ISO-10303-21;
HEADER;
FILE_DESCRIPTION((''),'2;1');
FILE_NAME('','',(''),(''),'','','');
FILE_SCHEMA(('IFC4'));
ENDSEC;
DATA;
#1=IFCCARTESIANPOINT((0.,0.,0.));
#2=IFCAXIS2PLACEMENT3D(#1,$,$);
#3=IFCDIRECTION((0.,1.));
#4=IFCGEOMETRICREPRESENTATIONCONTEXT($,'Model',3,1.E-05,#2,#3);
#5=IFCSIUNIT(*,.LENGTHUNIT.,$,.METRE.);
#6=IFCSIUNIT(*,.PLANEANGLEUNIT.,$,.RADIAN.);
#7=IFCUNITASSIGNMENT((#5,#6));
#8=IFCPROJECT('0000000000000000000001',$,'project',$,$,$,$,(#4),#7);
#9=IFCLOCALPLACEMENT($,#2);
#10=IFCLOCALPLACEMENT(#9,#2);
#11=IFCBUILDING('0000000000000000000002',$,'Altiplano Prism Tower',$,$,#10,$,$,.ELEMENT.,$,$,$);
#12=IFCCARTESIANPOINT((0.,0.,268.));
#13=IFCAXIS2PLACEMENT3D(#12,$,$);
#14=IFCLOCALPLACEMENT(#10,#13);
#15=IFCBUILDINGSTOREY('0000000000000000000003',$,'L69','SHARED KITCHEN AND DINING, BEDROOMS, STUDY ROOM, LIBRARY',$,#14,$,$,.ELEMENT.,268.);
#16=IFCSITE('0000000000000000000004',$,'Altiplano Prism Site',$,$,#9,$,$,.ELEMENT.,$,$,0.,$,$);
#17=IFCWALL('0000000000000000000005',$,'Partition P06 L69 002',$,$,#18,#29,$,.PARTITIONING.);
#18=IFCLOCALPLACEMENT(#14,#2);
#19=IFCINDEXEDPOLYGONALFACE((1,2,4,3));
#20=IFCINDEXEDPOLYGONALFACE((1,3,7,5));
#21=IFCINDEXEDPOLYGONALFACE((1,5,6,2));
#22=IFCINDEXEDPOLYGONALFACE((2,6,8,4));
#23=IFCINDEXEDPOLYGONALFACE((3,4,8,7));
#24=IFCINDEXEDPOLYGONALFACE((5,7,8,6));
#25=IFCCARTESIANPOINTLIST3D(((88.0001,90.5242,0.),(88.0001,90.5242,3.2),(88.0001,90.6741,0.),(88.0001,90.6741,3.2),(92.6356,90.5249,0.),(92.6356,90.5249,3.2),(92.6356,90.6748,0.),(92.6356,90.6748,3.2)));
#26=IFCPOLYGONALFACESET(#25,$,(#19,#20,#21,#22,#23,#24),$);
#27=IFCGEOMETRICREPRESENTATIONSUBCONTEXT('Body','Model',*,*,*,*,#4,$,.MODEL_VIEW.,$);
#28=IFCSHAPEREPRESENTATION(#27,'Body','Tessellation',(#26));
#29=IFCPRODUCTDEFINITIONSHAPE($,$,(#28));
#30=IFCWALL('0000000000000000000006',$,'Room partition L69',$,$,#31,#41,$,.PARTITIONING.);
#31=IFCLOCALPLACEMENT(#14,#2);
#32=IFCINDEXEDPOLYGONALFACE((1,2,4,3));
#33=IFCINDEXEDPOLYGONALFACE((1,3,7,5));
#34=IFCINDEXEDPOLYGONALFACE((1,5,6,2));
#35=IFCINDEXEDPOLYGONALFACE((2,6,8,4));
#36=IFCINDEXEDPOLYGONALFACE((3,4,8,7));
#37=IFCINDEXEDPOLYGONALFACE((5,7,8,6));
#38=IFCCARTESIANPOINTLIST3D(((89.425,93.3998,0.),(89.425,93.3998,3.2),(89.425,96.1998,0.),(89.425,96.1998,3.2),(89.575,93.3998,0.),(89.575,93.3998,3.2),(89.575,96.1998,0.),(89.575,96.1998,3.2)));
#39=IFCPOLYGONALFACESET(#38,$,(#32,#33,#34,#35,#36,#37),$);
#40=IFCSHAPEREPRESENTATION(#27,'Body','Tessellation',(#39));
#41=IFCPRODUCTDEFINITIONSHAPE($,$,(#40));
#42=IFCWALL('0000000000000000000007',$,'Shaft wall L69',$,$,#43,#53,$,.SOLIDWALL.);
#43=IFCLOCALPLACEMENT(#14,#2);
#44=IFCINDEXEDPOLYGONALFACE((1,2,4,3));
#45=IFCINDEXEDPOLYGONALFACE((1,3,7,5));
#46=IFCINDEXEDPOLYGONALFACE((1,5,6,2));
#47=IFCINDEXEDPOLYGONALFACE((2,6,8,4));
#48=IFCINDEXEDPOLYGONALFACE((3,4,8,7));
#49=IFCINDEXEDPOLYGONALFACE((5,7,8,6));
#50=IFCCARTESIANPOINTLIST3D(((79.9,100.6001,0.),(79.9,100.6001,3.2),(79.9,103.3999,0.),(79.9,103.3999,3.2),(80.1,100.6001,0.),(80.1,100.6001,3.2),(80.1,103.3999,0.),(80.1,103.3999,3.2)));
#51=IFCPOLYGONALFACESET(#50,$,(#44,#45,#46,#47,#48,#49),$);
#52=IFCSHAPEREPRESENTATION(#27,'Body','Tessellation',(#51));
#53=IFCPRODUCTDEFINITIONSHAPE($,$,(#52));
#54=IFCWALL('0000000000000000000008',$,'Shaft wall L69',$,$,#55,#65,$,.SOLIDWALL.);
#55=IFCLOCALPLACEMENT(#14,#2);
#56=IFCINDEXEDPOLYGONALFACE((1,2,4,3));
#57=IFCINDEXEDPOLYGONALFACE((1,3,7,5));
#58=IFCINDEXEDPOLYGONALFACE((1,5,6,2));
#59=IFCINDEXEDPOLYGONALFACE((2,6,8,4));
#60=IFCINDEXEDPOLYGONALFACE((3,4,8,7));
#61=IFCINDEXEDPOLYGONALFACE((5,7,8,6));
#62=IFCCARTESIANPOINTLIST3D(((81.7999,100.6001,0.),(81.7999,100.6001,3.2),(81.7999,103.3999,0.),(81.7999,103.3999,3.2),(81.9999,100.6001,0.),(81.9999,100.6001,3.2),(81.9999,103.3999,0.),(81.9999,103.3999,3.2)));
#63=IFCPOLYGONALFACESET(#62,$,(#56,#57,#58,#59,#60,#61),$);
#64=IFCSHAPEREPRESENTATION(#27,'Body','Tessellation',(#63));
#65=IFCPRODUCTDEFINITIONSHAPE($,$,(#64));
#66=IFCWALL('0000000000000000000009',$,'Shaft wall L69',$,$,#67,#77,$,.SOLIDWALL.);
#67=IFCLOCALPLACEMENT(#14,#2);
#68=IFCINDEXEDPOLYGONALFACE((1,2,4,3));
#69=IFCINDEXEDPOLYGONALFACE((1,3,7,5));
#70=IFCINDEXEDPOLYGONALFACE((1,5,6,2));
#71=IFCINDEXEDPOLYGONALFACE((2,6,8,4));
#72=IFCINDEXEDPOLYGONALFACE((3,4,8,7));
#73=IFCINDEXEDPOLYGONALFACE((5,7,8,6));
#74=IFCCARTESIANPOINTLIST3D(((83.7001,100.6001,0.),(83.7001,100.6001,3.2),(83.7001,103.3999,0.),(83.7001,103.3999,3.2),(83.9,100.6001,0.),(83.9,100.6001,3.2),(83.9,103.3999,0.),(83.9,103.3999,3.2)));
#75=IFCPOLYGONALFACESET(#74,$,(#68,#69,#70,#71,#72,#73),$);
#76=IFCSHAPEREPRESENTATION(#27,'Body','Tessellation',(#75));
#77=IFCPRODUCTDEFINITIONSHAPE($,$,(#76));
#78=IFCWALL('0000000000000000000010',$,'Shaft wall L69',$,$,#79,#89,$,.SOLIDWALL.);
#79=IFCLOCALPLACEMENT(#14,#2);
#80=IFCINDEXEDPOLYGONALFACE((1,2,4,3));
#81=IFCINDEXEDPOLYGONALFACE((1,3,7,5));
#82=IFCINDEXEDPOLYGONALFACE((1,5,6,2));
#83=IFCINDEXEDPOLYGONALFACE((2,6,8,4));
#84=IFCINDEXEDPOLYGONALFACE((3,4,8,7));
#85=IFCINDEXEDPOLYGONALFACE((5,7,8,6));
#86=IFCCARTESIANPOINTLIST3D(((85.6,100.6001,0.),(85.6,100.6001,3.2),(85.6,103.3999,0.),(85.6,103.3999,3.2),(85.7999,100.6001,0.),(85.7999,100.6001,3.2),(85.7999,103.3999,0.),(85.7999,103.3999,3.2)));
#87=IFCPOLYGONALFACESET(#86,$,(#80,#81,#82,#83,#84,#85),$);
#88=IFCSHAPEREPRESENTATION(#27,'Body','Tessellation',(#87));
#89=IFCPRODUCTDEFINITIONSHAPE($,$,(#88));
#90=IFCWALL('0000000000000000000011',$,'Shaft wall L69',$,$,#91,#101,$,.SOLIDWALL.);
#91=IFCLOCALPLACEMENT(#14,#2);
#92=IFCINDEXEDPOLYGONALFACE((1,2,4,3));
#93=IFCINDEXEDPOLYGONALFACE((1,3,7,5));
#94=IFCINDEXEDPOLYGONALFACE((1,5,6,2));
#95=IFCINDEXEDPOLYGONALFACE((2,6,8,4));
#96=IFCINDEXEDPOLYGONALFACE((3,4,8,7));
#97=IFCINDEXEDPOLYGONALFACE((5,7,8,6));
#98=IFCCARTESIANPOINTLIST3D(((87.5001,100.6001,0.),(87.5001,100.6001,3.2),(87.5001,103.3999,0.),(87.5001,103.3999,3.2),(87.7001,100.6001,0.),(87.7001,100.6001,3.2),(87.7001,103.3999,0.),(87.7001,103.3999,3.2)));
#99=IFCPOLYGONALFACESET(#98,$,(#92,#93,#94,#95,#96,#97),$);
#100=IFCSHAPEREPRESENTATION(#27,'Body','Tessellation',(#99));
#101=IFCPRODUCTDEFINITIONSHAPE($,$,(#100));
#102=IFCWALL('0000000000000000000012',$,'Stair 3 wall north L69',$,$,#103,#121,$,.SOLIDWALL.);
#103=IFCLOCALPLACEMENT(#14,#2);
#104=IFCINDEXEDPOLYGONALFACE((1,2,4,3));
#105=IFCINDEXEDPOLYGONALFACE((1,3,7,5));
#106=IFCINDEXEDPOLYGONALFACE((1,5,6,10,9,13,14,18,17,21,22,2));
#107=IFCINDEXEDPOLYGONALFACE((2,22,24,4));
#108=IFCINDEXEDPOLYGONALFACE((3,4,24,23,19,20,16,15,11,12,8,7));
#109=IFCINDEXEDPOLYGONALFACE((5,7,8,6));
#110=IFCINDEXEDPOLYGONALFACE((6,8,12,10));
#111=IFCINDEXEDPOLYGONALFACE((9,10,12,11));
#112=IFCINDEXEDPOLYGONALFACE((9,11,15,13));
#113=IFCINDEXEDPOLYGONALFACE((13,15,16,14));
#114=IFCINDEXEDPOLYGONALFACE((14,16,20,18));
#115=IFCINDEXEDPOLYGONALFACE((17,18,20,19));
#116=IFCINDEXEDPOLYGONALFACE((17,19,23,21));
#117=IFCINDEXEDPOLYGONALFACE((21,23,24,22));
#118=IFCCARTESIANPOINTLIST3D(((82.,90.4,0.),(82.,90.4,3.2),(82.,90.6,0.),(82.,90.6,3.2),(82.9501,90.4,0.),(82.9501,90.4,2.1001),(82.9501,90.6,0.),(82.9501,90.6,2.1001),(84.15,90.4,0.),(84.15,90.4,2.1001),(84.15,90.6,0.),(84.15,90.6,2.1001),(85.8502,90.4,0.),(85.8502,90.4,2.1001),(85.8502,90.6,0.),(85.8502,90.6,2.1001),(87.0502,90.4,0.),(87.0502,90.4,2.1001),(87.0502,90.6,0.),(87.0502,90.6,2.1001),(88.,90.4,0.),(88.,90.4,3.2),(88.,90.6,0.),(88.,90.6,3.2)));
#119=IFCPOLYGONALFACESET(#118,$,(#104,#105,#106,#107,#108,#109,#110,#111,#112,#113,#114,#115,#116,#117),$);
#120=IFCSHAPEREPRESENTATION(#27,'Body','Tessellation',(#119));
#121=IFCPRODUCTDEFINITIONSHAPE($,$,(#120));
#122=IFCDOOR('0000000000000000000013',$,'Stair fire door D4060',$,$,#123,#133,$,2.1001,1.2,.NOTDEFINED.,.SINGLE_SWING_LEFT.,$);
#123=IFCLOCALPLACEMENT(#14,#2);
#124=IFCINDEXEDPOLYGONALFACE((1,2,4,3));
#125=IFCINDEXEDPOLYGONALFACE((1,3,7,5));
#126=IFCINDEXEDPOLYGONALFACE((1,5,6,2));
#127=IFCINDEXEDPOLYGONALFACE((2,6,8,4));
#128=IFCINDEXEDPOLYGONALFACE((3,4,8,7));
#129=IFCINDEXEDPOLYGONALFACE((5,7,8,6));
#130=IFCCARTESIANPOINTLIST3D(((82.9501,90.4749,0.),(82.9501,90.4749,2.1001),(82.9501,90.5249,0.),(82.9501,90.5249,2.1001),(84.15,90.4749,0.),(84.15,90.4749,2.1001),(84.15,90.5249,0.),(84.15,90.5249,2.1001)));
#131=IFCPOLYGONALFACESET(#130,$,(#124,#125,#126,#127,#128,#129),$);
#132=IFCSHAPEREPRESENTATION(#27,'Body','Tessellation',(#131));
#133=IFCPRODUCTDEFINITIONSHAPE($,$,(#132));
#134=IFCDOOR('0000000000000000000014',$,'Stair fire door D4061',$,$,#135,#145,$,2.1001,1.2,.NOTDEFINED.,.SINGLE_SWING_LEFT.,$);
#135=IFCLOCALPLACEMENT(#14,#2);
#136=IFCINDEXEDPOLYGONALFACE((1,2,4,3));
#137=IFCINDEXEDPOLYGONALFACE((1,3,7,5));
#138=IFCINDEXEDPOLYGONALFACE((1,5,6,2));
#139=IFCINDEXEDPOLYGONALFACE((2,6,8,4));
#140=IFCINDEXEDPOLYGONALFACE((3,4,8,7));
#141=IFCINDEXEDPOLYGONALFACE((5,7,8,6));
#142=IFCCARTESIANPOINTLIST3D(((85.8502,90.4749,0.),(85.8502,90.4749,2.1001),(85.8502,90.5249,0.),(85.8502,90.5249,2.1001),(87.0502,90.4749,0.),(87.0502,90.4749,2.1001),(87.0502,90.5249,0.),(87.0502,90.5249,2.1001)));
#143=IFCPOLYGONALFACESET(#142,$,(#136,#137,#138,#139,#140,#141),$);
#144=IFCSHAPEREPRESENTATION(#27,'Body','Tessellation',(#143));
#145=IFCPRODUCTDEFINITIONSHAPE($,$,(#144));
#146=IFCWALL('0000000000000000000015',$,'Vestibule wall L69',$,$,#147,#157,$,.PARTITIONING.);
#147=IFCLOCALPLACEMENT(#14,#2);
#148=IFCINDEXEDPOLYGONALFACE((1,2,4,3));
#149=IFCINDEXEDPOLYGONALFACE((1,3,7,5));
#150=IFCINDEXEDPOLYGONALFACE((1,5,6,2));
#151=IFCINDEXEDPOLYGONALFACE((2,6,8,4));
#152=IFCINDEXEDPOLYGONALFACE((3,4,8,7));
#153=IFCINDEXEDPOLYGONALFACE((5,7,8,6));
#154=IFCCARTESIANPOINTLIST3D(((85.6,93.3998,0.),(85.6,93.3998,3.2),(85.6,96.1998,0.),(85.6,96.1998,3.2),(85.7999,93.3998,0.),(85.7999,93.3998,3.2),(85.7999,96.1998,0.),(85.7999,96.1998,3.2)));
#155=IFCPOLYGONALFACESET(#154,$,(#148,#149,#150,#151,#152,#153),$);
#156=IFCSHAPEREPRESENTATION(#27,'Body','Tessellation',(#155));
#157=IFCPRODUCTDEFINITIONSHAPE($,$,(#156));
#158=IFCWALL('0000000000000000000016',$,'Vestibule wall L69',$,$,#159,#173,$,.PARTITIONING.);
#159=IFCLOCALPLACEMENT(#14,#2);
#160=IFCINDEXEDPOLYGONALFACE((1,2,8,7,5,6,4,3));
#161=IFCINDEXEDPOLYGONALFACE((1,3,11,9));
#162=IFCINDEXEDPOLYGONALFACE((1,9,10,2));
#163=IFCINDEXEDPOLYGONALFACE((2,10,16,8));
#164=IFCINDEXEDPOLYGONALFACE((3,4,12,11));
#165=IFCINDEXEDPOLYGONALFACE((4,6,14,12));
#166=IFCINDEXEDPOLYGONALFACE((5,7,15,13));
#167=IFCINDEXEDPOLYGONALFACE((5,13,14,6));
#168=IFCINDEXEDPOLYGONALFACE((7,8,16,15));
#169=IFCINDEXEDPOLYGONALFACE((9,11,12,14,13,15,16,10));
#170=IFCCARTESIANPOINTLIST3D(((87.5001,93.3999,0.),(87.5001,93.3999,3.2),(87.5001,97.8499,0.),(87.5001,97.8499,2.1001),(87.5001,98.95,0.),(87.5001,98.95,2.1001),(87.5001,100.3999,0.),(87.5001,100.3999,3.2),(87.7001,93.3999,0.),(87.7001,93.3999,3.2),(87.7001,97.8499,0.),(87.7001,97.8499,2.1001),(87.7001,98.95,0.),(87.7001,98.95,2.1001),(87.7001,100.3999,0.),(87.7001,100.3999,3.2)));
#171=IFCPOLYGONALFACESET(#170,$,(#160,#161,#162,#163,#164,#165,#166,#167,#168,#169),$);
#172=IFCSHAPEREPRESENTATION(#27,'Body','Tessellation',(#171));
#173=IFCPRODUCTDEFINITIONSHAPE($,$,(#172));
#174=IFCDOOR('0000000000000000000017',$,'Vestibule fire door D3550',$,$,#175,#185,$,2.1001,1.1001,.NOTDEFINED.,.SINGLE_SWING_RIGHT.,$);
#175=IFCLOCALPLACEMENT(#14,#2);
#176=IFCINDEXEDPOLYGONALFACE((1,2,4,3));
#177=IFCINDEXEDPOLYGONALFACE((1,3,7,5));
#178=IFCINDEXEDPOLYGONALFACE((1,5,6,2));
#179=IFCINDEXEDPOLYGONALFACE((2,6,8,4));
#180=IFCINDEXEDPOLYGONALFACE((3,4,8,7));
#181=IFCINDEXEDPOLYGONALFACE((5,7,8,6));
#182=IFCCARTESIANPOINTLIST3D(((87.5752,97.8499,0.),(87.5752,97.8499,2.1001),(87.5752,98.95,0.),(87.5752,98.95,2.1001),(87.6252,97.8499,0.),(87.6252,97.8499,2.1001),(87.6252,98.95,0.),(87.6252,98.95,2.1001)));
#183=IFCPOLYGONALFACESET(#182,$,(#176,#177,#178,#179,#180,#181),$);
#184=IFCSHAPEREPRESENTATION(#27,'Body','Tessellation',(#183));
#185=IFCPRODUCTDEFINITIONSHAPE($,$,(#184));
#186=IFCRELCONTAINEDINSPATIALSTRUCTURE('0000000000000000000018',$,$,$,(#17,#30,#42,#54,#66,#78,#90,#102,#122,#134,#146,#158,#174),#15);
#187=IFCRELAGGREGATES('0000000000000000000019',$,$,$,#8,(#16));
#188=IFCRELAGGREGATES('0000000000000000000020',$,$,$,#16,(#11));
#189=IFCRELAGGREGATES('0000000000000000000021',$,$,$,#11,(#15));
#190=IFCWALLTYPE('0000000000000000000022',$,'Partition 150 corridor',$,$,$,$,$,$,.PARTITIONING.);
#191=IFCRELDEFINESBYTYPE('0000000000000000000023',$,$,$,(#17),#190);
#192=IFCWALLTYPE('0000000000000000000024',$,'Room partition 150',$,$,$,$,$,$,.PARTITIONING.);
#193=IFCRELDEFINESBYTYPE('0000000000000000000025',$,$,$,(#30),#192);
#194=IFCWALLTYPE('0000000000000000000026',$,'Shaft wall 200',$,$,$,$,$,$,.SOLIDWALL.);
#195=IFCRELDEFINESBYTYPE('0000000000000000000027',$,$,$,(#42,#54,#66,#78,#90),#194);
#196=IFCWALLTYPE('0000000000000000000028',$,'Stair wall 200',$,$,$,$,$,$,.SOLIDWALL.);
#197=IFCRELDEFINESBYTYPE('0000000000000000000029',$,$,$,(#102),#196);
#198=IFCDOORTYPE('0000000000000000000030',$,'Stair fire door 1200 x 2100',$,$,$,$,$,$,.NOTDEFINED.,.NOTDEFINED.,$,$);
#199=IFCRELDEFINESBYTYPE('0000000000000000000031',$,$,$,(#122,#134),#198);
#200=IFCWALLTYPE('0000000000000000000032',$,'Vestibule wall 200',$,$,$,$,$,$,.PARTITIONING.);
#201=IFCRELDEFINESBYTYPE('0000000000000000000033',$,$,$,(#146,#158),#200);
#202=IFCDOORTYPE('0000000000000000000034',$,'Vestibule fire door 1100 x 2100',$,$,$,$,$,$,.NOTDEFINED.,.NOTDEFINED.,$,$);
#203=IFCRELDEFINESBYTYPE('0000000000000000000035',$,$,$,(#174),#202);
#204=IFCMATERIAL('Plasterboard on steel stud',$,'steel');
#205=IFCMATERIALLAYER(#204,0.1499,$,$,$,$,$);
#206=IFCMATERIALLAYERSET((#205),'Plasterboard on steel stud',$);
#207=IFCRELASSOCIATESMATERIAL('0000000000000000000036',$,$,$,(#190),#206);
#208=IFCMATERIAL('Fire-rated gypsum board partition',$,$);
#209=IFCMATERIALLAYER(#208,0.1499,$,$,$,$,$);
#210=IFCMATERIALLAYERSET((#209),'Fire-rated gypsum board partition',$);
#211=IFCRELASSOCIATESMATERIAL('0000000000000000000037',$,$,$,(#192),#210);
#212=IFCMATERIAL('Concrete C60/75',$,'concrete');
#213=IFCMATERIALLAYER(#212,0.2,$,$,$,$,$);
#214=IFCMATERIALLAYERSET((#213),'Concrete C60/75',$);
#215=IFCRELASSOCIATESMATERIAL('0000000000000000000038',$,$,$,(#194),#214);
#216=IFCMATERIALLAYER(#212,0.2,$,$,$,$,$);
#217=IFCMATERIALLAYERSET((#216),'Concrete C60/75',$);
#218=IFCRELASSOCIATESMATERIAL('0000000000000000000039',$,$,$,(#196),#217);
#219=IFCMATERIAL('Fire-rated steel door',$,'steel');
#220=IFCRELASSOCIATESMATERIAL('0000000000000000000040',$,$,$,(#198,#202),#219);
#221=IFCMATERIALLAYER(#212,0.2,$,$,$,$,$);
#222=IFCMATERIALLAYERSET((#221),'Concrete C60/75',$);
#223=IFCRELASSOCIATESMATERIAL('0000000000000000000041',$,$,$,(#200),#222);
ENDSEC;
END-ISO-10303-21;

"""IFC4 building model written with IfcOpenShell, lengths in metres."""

from ifc_helpers import new_model, si_unit, direction, frame, frame_2d, origin, place, context, subcontext, project, spatial, rectangle, extrude, material, layer, layer_set, type_object, element, fill, save


model = new_model("IFC4")

# Units and contexts
model_context = context("Model", 3, precision=1e-05, world=origin(), true_north=direction((0.0, 1.0)))
body_context = subcontext(model_context, "Body", "Model", "MODEL_VIEW")
ifc_project = project(units=[si_unit("LENGTHUNIT", "METRE"), si_unit("PLANEANGLEUNIT", "RADIAN")], contexts=[model_context])

# Site, building, storey
site_placement = place(None, origin())
site = spatial("IfcSite", under=ifc_project, at=site_placement, Name="Altiplano Prism Site", CompositionType="ELEMENT", RefElevation=0.0)
building_placement = place(site_placement, origin())
building = spatial("IfcBuilding", under=site, at=building_placement, Name="Altiplano Prism Tower", CompositionType="ELEMENT")
storey_placement = place(building_placement, frame((0.0, 0.0, 268.0)))
storey = spatial("IfcBuildingStorey", under=building, at=storey_placement, Name="L69", Description="SHARED KITCHEN AND DINING, BEDROOMS, STUDY ROOM, LIBRARY", CompositionType="ELEMENT", Elevation=268.0)

# Walls
ifc_material_1 = material(Name="Plasterboard on steel stud", Category="steel")
ifc_layer_1 = layer(ifc_material_1, 0.1499)
ifc_layer_set_1 = layer_set([ifc_layer_1], Name="Plasterboard on steel stud")
wall_type_1 = type_object("IfcWallType", Name="Partition 150 corridor", PredefinedType="PARTITIONING", material=ifc_layer_set_1)
wall_1_placement = place(storey_placement, frame((88.0, 90.5991, 0.0), z_axis=(0.0, 0.0, 1.0), x_axis=(1.0, 0.000158, 0.0)))
element("IfcWall", 1, at=wall_1_placement, inside=storey, type_object=wall_type_1, Name="Partition P06 L69 002", PredefinedType="PARTITIONING", context=body_context, shape_type="SweptSolid", body=[
    extrude(rectangle(XDim=4.6355, YDim=0.1499, at=frame_2d((2.3179, 0.0))), origin(), (0.0, 0.0, 1.0), 3.2),
])
ifc_material_2 = material(Name="Fire-rated gypsum board partition")
ifc_layer_2 = layer(ifc_material_2, 0.1499)
ifc_layer_set_2 = layer_set([ifc_layer_2], Name="Fire-rated gypsum board partition")
wall_type_2 = type_object("IfcWallType", Name="Room partition 150", PredefinedType="PARTITIONING", material=ifc_layer_set_2)
wall_2_placement = place(storey_placement, frame((89.5, 93.3999, 0.0), z_axis=(0.0, 0.0, 1.0), x_axis=(0.0, 1.0, 0.0)))
element("IfcWall", 2, at=wall_2_placement, inside=storey, type_object=wall_type_2, Name="Room partition L69", PredefinedType="PARTITIONING", context=body_context, shape_type="SweptSolid", body=[
    extrude(rectangle(XDim=2.8, YDim=0.1499, at=frame_2d((1.3999, 0.0))), origin(), (0.0, 0.0, 1.0), 3.2),
])
ifc_material_3 = material(Name="Concrete C60/75", Category="concrete")
ifc_layer_3 = layer(ifc_material_3, 0.2)
ifc_layer_set_3 = layer_set([ifc_layer_3], Name="Concrete C60/75")
wall_type_3 = type_object("IfcWallType", Name="Shaft wall 200", PredefinedType="SOLIDWALL", material=ifc_layer_set_3)
for number, where, z_axis, x_axis, name in (
    (3, (80.0, 100.6001, 0.0), (0.0, 0.0, 1.0), (0.0, 1.0, 0.0), "Shaft wall L69"),
    (4, (81.8999, 100.6001, 0.0), (0.0, 0.0, 1.0), (0.0, 1.0, 0.0), "Shaft wall L69"),
    (5, (83.8, 100.6001, 0.0), (0.0, 0.0, 1.0), (0.0, 1.0, 0.0), "Shaft wall L69"),
    (6, (85.7, 100.6001, 0.0), (0.0, 0.0, 1.0), (0.0, 1.0, 0.0), "Shaft wall L69"),
    (7, (87.6001, 100.6001, 0.0), (0.0, 0.0, 1.0), (0.0, 1.0, 0.0), "Shaft wall L69"),
):
    element("IfcWall", number, at=place(storey_placement, frame(where, z_axis=z_axis, x_axis=x_axis)), inside=storey, type_object=wall_type_3, Name=name, PredefinedType="SOLIDWALL", context=body_context, shape_type="SweptSolid", body=[
        extrude(rectangle(XDim=2.7998, YDim=0.2, at=frame_2d((1.3999, 0.0))), origin(), (0.0, 0.0, 1.0), 3.2),
    ])

# Wall, openings, doors
ifc_layer_4 = layer(ifc_material_3, 0.2)
ifc_layer_set_4 = layer_set([ifc_layer_4], Name="Concrete C60/75")
wall_type_4 = type_object("IfcWallType", Name="Stair wall 200", PredefinedType="SOLIDWALL", material=ifc_layer_set_4)
wall_3_placement = place(storey_placement, frame((82.0, 90.5, 0.0), z_axis=(0.0, 0.0, 1.0), x_axis=(1.0, 0.0, 0.0)))
wall_3 = element("IfcWall", 8, at=wall_3_placement, inside=storey, type_object=wall_type_4, Name="Stair 3 wall north L69", PredefinedType="SOLIDWALL", context=body_context, shape_type="SweptSolid", body=[
    extrude(rectangle(XDim=6.0, YDim=0.2, at=frame_2d((3.0, 0.0))), origin(), (0.0, 0.0, 1.0), 3.2),
])
opening_1_placement = place(wall_3_placement, frame((0.95, 0.0, 0.0)))
opening_1 = element("IfcOpeningElement", 9, at=opening_1_placement, cuts=wall_3, PredefinedType="OPENING", context=body_context, shape_type="SweptSolid", body=[
    extrude(rectangle(XDim=1.2, YDim=2.1001, at=frame_2d((0.6001, 1.05))), frame((0.0, 0.1104, 0.0), z_axis=(0.0, -1.0, 0.0), x_axis=(1.0, 0.0, 0.0)), (0.0, 0.0, 1.0), 0.2209),
])
opening_2_placement = place(wall_3_placement, frame((3.8501, 0.0, 0.0)))
opening_2 = element("IfcOpeningElement", 10, at=opening_2_placement, cuts=wall_3, PredefinedType="OPENING", context=body_context, shape_type="SweptSolid", body=[
    extrude(rectangle(XDim=1.2, YDim=2.1001, at=frame_2d((0.6001, 1.05))), frame((0.0, 0.1104, 0.0), z_axis=(0.0, -1.0, 0.0), x_axis=(1.0, 0.0, 0.0)), (0.0, 0.0, 1.0), 0.2209),
])
ifc_material_4 = material(Name="Fire-rated steel door", Category="steel")
door_type_1 = type_object("IfcDoorType", Name="Stair fire door 1200 x 2100", OperationType="NOTDEFINED", PredefinedType="NOTDEFINED", material=ifc_material_4)
door_1_placement = place(opening_1_placement, origin())
door_1 = element("IfcDoor", 11, at=door_1_placement, inside=storey, type_object=door_type_1, Name="Stair fire door D4060", OperationType="SINGLE_SWING_LEFT", OverallHeight=2.1001, OverallWidth=1.2, PredefinedType="NOTDEFINED", context=body_context, shape_type="SweptSolid", body=[
    extrude(rectangle(XDim=1.2, YDim=2.1001, at=frame_2d((0.6001, 1.05))), frame((0.0, 0.0249, 0.0), z_axis=(0.0, -1.0, 0.0), x_axis=(1.0, 0.0, 0.0)), (0.0, 0.0, 1.0), 0.05),
])
fill(opening_1, door_1)
door_2_placement = place(opening_2_placement, origin())
door_2 = element("IfcDoor", 12, at=door_2_placement, inside=storey, type_object=door_type_1, Name="Stair fire door D4061", OperationType="SINGLE_SWING_LEFT", OverallHeight=2.1001, OverallWidth=1.2, PredefinedType="NOTDEFINED", context=body_context, shape_type="SweptSolid", body=[
    extrude(rectangle(XDim=1.2, YDim=2.1001, at=frame_2d((0.6001, 1.05))), frame((0.0, 0.0249, 0.0), z_axis=(0.0, -1.0, 0.0), x_axis=(1.0, 0.0, 0.0)), (0.0, 0.0, 1.0), 0.05),
])
fill(opening_2, door_2)

# Wall
ifc_layer_5 = layer(ifc_material_3, 0.2)
ifc_layer_set_5 = layer_set([ifc_layer_5], Name="Concrete C60/75")
wall_type_5 = type_object("IfcWallType", Name="Vestibule wall 200", PredefinedType="PARTITIONING", material=ifc_layer_set_5)
wall_4_placement = place(storey_placement, frame((85.7, 93.3999, 0.0), z_axis=(0.0, 0.0, 1.0), x_axis=(0.0, 1.0, 0.0)))
element("IfcWall", 13, at=wall_4_placement, inside=storey, type_object=wall_type_5, Name="Vestibule wall L69", PredefinedType="PARTITIONING", context=body_context, shape_type="SweptSolid", body=[
    extrude(rectangle(XDim=2.8, YDim=0.2, at=frame_2d((1.3999, 0.0))), origin(), (0.0, 0.0, 1.0), 3.2),
])

# Wall, opening, door
wall_5_placement = place(storey_placement, frame((87.6001, 93.3999, 0.0), z_axis=(0.0, 0.0, 1.0), x_axis=(0.0, 1.0, 0.0)))
wall_5 = element("IfcWall", 14, at=wall_5_placement, inside=storey, type_object=wall_type_5, Name="Vestibule wall L69", PredefinedType="PARTITIONING", context=body_context, shape_type="SweptSolid", body=[
    extrude(rectangle(XDim=7.0, YDim=0.2, at=frame_2d((3.5, 0.0))), origin(), (0.0, 0.0, 1.0), 3.2),
])
opening_3_placement = place(wall_5_placement, frame((4.45, 0.0, 0.0)))
opening_3 = element("IfcOpeningElement", 15, at=opening_3_placement, cuts=wall_5, PredefinedType="OPENING", context=body_context, shape_type="SweptSolid", body=[
    extrude(rectangle(XDim=1.1001, YDim=2.1001, at=frame_2d((0.55, 1.05))), frame((0.0, 0.1104, 0.0), z_axis=(0.0, -1.0, 0.0), x_axis=(1.0, 0.0, 0.0)), (0.0, 0.0, 1.0), 0.2209),
])
door_type_2 = type_object("IfcDoorType", Name="Vestibule fire door 1100 x 2100", OperationType="NOTDEFINED", PredefinedType="NOTDEFINED", material=ifc_material_4)
door_3_placement = place(opening_3_placement, origin())
door_3 = element("IfcDoor", 16, at=door_3_placement, inside=storey, type_object=door_type_2, Name="Vestibule fire door D3550", OperationType="SINGLE_SWING_RIGHT", OverallHeight=2.1001, OverallWidth=1.1001, PredefinedType="NOTDEFINED", context=body_context, shape_type="SweptSolid", body=[
    extrude(rectangle(XDim=1.1001, YDim=2.1001, at=frame_2d((0.55, 1.05))), frame((0.0, 0.0249, 0.0), z_axis=(0.0, -1.0, 0.0), x_axis=(1.0, 0.0, 0.0)), (0.0, 0.0, 1.0), 0.05),
])
fill(opening_3, door_3)

save(model, "model.ifc")
